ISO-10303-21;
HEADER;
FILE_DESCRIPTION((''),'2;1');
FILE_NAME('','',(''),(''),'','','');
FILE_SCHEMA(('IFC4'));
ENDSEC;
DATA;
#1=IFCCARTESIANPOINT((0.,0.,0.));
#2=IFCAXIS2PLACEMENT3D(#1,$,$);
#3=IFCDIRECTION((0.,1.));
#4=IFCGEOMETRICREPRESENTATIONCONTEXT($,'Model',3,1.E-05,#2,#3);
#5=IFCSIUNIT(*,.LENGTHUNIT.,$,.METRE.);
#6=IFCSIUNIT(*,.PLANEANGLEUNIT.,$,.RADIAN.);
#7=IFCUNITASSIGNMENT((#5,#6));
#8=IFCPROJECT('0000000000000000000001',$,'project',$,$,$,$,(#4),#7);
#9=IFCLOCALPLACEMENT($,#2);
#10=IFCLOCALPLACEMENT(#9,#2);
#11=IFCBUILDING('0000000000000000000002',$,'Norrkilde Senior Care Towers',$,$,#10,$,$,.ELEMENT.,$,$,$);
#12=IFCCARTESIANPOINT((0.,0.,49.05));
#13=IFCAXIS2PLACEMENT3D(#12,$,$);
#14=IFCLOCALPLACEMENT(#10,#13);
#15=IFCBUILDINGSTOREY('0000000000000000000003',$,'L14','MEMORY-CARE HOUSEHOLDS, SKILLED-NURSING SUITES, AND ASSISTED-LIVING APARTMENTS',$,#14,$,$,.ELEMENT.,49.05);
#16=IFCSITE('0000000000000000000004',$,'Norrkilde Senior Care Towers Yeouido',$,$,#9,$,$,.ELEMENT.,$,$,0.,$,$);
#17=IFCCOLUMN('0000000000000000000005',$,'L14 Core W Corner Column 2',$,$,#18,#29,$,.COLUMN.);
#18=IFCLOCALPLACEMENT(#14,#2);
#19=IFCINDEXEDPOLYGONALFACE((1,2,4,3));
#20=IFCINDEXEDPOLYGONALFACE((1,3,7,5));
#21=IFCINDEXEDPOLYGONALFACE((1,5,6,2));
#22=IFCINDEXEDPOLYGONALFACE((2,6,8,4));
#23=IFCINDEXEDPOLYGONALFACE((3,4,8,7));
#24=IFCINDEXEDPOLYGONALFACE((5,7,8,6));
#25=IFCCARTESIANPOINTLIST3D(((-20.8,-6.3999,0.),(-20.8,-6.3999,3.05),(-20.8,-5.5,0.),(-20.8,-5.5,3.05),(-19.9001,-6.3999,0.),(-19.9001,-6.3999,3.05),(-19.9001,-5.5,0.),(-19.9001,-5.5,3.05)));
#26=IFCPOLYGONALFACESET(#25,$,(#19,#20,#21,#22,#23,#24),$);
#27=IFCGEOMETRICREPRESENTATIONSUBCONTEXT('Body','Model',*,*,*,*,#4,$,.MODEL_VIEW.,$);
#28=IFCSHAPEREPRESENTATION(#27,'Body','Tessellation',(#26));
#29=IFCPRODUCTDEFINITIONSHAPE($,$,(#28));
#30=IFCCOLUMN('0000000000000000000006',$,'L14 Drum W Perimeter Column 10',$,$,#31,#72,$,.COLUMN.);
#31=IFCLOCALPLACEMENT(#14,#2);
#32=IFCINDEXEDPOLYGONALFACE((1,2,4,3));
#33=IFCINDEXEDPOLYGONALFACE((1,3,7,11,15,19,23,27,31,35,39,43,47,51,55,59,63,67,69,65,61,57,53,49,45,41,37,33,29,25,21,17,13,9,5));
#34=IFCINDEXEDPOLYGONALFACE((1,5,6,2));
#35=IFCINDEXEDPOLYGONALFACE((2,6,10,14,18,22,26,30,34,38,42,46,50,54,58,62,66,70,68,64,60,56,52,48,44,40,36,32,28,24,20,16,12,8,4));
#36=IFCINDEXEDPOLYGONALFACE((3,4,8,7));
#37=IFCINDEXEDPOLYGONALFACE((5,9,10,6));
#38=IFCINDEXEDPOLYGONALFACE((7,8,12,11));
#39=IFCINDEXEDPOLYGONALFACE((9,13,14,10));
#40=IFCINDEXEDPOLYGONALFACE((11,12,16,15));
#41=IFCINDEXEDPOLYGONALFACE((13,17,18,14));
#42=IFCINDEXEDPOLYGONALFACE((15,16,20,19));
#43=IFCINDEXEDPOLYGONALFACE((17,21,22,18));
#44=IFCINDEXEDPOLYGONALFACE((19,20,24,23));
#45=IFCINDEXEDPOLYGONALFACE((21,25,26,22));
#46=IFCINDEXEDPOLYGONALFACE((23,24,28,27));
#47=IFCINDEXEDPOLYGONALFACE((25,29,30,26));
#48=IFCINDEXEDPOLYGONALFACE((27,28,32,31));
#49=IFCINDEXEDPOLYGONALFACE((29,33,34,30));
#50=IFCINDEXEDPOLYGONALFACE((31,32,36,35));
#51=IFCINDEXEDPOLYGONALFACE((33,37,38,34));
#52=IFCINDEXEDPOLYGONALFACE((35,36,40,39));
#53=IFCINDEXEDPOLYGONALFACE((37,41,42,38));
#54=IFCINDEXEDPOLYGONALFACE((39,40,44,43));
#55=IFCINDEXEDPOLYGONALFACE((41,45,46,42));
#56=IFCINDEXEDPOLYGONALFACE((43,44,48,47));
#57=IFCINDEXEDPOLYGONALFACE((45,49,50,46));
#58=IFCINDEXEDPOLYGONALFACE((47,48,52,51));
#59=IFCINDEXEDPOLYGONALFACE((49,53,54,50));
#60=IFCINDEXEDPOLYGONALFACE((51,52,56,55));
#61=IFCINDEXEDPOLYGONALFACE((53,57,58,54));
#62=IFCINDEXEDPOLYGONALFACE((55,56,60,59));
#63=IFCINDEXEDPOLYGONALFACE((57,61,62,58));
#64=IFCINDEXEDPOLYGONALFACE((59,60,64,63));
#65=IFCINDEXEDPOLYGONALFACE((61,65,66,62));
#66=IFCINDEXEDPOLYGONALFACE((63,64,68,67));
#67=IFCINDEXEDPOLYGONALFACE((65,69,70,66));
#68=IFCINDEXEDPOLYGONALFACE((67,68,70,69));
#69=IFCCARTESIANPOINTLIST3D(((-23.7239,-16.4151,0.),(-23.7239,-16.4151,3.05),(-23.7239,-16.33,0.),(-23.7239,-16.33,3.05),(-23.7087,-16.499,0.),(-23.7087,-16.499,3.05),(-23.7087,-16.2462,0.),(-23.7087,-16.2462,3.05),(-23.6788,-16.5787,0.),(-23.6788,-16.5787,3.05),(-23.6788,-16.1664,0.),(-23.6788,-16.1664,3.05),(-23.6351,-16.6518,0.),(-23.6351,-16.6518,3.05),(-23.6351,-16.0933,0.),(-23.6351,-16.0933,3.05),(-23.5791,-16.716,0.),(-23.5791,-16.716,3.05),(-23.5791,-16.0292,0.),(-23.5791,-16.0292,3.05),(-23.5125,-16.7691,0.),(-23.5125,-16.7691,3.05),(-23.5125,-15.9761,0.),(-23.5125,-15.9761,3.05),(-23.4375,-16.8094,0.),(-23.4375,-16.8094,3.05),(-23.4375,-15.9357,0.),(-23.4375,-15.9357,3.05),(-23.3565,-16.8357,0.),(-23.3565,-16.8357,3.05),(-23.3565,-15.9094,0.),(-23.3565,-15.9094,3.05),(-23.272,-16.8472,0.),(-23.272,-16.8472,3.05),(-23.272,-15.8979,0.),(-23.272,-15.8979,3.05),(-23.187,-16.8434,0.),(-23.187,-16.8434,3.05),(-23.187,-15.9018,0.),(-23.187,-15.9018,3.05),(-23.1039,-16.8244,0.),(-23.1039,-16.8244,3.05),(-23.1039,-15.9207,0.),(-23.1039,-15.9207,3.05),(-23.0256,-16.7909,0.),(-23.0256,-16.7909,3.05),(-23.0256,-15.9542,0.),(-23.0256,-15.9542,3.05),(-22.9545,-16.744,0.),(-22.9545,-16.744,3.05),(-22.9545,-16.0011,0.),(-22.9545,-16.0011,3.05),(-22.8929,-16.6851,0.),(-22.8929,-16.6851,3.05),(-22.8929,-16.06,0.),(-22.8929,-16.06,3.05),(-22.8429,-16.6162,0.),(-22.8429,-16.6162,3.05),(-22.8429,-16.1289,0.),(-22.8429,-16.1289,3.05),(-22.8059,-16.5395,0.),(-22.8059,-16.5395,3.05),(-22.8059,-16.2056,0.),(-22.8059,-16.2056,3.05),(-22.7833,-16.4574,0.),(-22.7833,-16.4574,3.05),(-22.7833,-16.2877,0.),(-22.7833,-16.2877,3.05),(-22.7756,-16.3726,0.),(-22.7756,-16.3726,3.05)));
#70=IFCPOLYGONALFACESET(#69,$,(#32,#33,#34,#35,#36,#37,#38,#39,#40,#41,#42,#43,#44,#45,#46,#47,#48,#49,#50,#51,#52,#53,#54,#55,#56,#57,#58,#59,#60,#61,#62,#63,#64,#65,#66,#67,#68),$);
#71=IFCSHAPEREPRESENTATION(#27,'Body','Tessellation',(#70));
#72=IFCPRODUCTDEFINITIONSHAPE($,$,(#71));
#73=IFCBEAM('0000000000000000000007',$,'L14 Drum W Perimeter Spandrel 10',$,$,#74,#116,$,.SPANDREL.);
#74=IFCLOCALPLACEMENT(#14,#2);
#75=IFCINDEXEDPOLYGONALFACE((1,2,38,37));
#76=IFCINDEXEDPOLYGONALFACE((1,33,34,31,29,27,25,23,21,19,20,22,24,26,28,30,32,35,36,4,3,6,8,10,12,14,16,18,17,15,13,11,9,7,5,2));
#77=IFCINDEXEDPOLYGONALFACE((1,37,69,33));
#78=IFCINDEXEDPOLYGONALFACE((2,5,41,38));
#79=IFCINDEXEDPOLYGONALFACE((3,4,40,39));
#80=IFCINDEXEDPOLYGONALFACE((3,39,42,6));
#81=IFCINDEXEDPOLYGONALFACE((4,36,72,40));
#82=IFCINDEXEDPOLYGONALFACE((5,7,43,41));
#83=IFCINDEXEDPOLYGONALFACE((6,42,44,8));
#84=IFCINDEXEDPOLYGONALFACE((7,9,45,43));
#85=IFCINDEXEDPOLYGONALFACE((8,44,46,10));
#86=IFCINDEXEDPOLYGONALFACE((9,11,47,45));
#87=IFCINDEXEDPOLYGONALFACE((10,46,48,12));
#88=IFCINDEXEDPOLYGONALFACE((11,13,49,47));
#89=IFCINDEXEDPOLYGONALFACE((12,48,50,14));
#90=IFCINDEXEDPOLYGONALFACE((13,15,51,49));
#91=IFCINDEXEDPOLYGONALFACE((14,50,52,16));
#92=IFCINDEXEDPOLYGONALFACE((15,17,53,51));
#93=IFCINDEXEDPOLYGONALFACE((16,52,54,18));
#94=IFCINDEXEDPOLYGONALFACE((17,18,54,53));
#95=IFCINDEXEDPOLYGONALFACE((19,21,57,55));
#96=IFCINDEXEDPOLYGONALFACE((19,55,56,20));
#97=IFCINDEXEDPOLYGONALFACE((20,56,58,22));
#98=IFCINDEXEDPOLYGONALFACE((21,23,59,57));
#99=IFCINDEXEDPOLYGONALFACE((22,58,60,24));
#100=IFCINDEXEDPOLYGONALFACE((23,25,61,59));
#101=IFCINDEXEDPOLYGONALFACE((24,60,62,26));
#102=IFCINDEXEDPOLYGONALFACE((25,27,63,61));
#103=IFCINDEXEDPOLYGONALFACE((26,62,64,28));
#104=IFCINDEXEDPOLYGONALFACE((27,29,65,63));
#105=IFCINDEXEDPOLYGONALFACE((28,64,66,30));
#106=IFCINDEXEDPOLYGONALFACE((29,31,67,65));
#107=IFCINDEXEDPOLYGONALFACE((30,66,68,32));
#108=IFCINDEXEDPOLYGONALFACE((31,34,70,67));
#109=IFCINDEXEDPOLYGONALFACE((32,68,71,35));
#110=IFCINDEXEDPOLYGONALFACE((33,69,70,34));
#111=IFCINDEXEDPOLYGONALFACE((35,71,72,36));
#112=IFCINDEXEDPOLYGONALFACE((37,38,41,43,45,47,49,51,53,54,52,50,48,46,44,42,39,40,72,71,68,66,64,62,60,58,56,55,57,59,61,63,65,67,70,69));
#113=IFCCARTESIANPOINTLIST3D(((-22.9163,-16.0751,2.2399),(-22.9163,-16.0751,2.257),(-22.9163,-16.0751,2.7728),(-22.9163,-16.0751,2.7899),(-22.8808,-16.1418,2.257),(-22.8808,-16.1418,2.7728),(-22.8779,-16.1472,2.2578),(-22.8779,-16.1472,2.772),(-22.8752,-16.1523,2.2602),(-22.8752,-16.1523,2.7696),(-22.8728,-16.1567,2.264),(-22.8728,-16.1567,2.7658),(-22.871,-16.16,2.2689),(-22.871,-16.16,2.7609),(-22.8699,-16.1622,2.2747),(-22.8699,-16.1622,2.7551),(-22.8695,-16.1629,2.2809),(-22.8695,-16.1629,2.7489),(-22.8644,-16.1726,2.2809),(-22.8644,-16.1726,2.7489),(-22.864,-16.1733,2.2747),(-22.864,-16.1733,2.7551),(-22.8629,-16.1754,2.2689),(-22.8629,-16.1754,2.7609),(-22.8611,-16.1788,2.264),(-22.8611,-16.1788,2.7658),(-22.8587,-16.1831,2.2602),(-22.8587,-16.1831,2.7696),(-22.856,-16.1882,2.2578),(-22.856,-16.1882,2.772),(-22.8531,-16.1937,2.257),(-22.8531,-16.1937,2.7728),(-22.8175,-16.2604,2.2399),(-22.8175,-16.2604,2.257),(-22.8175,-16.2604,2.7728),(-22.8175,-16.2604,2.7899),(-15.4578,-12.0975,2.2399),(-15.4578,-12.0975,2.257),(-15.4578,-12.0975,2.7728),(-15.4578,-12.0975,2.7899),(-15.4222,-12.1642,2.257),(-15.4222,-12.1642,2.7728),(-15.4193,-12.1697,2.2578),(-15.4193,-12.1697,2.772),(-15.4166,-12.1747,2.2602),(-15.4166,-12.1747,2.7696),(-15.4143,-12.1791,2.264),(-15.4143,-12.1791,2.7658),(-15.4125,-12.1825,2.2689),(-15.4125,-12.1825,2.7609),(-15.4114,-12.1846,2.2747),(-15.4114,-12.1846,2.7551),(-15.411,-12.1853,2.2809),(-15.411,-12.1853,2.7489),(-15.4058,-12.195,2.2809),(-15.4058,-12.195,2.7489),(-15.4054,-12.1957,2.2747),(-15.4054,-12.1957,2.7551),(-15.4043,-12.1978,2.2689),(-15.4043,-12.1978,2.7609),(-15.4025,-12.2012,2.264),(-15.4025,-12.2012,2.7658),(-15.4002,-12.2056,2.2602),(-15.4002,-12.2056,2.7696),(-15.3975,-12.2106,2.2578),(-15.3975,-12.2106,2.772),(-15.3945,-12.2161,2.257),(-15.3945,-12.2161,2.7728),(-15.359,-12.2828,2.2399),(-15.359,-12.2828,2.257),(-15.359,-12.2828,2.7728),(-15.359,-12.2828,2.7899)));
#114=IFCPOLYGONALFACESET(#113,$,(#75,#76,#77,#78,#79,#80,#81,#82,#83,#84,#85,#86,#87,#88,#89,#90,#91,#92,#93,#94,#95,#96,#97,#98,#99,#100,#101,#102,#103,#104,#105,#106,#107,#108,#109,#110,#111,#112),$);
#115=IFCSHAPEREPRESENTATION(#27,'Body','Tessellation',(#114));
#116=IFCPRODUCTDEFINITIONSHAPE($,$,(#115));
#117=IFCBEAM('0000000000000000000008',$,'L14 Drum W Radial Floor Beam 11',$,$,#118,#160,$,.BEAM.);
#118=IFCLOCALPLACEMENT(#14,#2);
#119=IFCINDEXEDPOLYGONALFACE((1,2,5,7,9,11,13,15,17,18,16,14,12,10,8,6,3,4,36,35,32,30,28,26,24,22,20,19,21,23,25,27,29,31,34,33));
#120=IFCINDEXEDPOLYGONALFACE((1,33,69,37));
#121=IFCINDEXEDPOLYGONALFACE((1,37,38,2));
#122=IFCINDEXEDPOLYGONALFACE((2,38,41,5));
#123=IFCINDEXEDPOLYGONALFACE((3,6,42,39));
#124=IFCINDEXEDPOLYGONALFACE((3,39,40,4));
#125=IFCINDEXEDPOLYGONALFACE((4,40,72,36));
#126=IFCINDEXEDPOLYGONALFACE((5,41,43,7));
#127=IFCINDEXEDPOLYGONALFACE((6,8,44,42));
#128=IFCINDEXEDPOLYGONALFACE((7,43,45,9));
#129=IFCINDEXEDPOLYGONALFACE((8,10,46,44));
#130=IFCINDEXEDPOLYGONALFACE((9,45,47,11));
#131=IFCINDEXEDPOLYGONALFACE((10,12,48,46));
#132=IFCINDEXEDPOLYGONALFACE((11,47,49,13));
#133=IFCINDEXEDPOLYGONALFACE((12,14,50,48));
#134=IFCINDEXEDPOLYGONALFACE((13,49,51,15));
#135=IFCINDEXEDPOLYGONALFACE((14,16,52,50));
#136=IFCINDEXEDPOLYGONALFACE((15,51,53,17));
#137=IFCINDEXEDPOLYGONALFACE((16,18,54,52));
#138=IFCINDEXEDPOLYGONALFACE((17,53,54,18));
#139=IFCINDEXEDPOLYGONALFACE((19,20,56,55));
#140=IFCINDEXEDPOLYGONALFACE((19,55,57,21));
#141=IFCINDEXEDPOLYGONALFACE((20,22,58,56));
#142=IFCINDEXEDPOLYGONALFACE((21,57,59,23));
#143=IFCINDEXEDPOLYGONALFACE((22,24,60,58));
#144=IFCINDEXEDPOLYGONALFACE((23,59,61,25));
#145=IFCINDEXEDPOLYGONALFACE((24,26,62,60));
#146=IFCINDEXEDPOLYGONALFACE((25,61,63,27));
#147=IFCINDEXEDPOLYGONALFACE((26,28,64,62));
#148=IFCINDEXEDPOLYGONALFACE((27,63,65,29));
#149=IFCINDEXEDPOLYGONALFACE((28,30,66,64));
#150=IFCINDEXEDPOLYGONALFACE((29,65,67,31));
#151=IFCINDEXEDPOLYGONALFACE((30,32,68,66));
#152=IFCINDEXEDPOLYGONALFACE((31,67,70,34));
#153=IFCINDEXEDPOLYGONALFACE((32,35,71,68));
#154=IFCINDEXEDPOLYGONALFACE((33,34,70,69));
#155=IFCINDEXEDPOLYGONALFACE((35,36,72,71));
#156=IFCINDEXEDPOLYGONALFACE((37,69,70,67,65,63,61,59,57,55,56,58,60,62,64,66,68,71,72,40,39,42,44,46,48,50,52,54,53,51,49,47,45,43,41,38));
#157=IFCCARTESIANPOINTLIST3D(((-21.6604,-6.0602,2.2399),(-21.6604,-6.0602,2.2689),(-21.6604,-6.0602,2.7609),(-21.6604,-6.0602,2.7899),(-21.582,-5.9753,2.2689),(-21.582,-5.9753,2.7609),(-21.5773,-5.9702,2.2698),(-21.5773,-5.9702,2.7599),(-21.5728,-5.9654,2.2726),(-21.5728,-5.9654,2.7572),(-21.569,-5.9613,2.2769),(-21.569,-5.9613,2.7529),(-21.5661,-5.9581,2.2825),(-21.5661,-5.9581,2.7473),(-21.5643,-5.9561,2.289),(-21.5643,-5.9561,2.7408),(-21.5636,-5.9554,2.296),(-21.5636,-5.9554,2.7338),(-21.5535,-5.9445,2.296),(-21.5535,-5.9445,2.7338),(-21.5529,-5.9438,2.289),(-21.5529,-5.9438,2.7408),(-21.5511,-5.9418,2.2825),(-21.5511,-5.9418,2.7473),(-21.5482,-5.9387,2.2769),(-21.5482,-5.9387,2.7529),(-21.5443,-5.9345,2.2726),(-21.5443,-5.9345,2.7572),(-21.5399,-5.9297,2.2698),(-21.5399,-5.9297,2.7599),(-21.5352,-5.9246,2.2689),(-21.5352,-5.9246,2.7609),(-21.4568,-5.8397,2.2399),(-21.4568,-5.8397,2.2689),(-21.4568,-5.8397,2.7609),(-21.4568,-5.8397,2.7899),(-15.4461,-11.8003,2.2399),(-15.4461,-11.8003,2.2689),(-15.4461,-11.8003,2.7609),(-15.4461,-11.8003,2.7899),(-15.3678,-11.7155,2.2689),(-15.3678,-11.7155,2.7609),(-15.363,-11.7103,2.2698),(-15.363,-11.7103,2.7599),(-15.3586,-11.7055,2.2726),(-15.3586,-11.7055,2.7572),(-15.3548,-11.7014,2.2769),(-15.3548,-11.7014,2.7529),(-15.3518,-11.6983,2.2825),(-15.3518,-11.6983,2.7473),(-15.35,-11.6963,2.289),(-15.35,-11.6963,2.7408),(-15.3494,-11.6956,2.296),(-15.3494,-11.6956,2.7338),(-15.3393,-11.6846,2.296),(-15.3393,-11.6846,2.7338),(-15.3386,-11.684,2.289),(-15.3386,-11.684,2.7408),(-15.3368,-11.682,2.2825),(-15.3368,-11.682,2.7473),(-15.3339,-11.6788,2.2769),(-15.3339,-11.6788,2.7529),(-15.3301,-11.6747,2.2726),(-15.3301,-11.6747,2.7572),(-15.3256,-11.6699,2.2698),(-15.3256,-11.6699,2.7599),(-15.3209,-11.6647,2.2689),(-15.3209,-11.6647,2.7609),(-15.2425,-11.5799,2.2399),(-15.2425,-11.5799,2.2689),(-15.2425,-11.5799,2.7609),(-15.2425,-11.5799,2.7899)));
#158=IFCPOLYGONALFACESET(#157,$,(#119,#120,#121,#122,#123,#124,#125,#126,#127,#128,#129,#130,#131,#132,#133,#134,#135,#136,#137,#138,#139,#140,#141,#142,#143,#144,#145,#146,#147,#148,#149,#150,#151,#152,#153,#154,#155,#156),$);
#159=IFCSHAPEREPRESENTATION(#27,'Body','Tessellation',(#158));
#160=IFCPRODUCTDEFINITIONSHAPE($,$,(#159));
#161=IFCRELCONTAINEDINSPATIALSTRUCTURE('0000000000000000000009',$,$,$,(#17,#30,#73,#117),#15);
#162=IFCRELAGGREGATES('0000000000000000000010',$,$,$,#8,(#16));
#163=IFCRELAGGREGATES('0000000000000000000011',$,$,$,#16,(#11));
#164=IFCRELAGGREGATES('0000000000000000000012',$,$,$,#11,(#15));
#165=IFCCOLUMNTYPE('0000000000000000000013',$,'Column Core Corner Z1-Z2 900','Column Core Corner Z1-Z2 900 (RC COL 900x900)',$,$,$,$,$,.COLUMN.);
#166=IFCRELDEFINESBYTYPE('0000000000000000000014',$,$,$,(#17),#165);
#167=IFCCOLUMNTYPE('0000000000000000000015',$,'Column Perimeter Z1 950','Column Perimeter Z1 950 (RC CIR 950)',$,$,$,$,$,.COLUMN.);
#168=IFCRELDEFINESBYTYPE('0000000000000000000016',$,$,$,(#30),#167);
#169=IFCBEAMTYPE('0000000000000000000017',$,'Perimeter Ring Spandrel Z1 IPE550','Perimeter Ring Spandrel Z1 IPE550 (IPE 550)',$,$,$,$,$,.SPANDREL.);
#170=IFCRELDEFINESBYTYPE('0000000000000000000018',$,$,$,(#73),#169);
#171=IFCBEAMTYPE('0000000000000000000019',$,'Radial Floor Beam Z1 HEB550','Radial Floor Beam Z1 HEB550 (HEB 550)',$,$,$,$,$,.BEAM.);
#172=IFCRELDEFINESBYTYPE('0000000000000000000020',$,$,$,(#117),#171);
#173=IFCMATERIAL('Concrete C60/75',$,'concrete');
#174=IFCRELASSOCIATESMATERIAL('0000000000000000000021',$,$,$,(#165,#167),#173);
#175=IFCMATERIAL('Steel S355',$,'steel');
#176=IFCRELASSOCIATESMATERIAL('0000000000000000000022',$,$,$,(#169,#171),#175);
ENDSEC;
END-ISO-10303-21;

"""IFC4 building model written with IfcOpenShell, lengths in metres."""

from ifc_helpers import new_model, si_unit, direction, frame, origin, origin_2d, place, context, subcontext, project, spatial, rectangle, circle, i_section, extrude, source, transform, mapped, material, material_profile, profile_set, type_object, type_shapes, element, save


model = new_model("IFC4")

# Units and contexts
model_context = context("Model", 3, precision=1e-05, world=origin(), true_north=direction((0.0, 1.0)))
body_context = subcontext(model_context, "Body", "Model", "MODEL_VIEW")
ifc_project = project(units=[si_unit("LENGTHUNIT", "METRE"), si_unit("PLANEANGLEUNIT", "RADIAN")], contexts=[model_context])

# Site, building, storey
site_placement = place(None, origin())
site = spatial("IfcSite", under=ifc_project, at=site_placement, Name="Norrkilde Senior Care Towers Yeouido", CompositionType="ELEMENT", RefElevation=0.0)
building_placement = place(site_placement, origin())
building = spatial("IfcBuilding", under=site, at=building_placement, Name="Norrkilde Senior Care Towers", CompositionType="ELEMENT")
storey_placement = place(building_placement, frame((0.0, 0.0, 49.05)))
storey = spatial("IfcBuildingStorey", under=building, at=storey_placement, Name="L14", Description="MEMORY-CARE HOUSEHOLDS, SKILLED-NURSING SUITES, AND ASSISTED-LIVING APARTMENTS", CompositionType="ELEMENT", Elevation=49.05)

# Columns
ifc_material_1 = material(Name="Concrete C60/75", Category="concrete")
ifc_material_profile_1 = material_profile(ifc_material_1, rectangle(XDim=0.8999, YDim=0.8999, at=origin_2d()), Name="RC COL 900x900")
ifc_profile_set_1 = profile_set([ifc_material_profile_1], Name="Concrete C60/75")
column_type_1 = type_object("IfcColumnType", Name="Column Core Corner Z1-Z2 900", Description="Column Core Corner Z1-Z2 900 (RC COL 900x900)", PredefinedType="COLUMN", material=ifc_profile_set_1)
shared_shape_1 = source(origin(), body_context, "Body", "SweptSolid", [
    extrude(rectangle(XDim=0.8999, YDim=0.8999, at=origin_2d()), origin(), (0.0, 0.0, 1.0), 3.05),
])
type_shapes(column_type_1, [shared_shape_1])
column_1_placement = place(storey_placement, frame((-20.3501, -5.95, 0.0), z_axis=(0.0, 0.0, 1.0), x_axis=(1.0, 0.0, 0.0)))
element("IfcColumn", 1, at=column_1_placement, inside=storey, type_object=column_type_1, Name="L14 Core W Corner Column 2", PredefinedType="COLUMN", context=body_context, shape_type="MappedRepresentation", body=[
    mapped(shared_shape_1, transform((0.0, 0.0, 0.0), x_axis=(1.0, 0.0, 0.0), y_axis=(0.0, 1.0, 0.0), z_axis=(0.0, 0.0, 1.0), scale=1.0)),
])
ifc_material_profile_2 = material_profile(ifc_material_1, circle(Radius=0.4751, at=origin_2d()), Name="RC CIR 950")
ifc_profile_set_2 = profile_set([ifc_material_profile_2], Name="Concrete C60/75")
column_type_2 = type_object("IfcColumnType", Name="Column Perimeter Z1 950", Description="Column Perimeter Z1 950 (RC CIR 950)", PredefinedType="COLUMN", material=ifc_profile_set_2)
shared_shape_2 = source(origin(), body_context, "Body", "SweptSolid", [
    extrude(circle(Radius=0.4751, at=origin_2d()), origin(), (0.0, 0.0, 1.0), 3.05),
])
type_shapes(column_type_2, [shared_shape_2])
column_2_placement = place(storey_placement, frame((-23.2507, -16.3726, 0.0), z_axis=(0.0, 0.0, 1.0), x_axis=(1.0, 0.0, 0.0)))
element("IfcColumn", 2, at=column_2_placement, inside=storey, type_object=column_type_2, Name="L14 Drum W Perimeter Column 10", PredefinedType="COLUMN", context=body_context, shape_type="MappedRepresentation", body=[
    mapped(shared_shape_2, transform((0.0, 0.0, 0.0), x_axis=(1.0, 0.0, 0.0), y_axis=(0.0, 1.0, 0.0), z_axis=(0.0, 0.0, 1.0), scale=1.0)),
])

# Beams
ifc_material_2 = material(Name="Steel S355", Category="steel")
ifc_material_profile_3 = material_profile(ifc_material_2, i_section(OverallWidth=0.21, OverallDepth=0.55, WebThickness=0.011, FlangeThickness=0.0171, FilletRadius=0.0239, at=origin_2d()), Name="IPE 550")
ifc_profile_set_3 = profile_set([ifc_material_profile_3], Name="Steel S355")
beam_type_1 = type_object("IfcBeamType", Name="Perimeter Ring Spandrel Z1 IPE550", Description="Perimeter Ring Spandrel Z1 IPE550 (IPE 550)", PredefinedType="SPANDREL", material=ifc_profile_set_3)
shared_shape_3 = source(origin(), body_context, "Body", "SweptSolid", [
    extrude(i_section(OverallWidth=0.21, OverallDepth=0.55, WebThickness=0.011, FlangeThickness=0.0171, FilletRadius=0.0239, at=origin_2d()), origin(), (0.0, 0.0, 1.0), 8.4529),
])
type_shapes(beam_type_1, [shared_shape_3])
beam_1_placement = place(storey_placement, frame((-22.8669, -16.1677, 2.5149), z_axis=(0.882369, 0.470558, 0.0), x_axis=(-0.470558, 0.882369, 0.0)))
element("IfcBeam", 3, at=beam_1_placement, inside=storey, type_object=beam_type_1, Name="L14 Drum W Perimeter Spandrel 10", PredefinedType="SPANDREL", context=body_context, shape_type="MappedRepresentation", body=[
    mapped(shared_shape_3, transform((0.0, 0.0, 0.0), x_axis=(1.0, 0.0, 0.0), y_axis=(0.0, 1.0, 0.0), z_axis=(0.0, 0.0, 1.0), scale=1.0)),
])
ifc_material_profile_4 = material_profile(ifc_material_2, i_section(OverallWidth=0.3, OverallDepth=0.55, WebThickness=0.0149, FlangeThickness=0.0291, FilletRadius=0.0271, at=origin_2d()), Name="HEB 550")
ifc_profile_set_4 = profile_set([ifc_material_profile_4], Name="Steel S355")
beam_type_2 = type_object("IfcBeamType", Name="Radial Floor Beam Z1 HEB550", Description="Radial Floor Beam Z1 HEB550 (HEB 550)", PredefinedType="BEAM", material=ifc_profile_set_4)
shared_shape_4 = source(origin(), body_context, "Body", "SweptSolid", [
    extrude(i_section(OverallWidth=0.3, OverallDepth=0.55, WebThickness=0.0149, FlangeThickness=0.0291, FilletRadius=0.0271, at=origin_2d()), origin(), (0.0, 0.0, 1.0), 8.4597),
])
beam_2_placement = place(storey_placement, frame((-21.5586, -5.95, 2.5149), z_axis=(0.734573, -0.678529, 0.0), x_axis=(0.678529, 0.734573, 0.0)))
element("IfcBeam", 4, at=beam_2_placement, inside=storey, type_object=beam_type_2, Name="L14 Drum W Radial Floor Beam 11", PredefinedType="BEAM", context=body_context, shape_type="MappedRepresentation", body=[
    mapped(shared_shape_4, transform((0.0, 0.0, 0.0), x_axis=(1.0, 0.0, 0.0), y_axis=(0.0, 1.0, 0.0), z_axis=(0.0, 0.0, 1.0), scale=1.0)),
])

save(model, "model.ifc")
